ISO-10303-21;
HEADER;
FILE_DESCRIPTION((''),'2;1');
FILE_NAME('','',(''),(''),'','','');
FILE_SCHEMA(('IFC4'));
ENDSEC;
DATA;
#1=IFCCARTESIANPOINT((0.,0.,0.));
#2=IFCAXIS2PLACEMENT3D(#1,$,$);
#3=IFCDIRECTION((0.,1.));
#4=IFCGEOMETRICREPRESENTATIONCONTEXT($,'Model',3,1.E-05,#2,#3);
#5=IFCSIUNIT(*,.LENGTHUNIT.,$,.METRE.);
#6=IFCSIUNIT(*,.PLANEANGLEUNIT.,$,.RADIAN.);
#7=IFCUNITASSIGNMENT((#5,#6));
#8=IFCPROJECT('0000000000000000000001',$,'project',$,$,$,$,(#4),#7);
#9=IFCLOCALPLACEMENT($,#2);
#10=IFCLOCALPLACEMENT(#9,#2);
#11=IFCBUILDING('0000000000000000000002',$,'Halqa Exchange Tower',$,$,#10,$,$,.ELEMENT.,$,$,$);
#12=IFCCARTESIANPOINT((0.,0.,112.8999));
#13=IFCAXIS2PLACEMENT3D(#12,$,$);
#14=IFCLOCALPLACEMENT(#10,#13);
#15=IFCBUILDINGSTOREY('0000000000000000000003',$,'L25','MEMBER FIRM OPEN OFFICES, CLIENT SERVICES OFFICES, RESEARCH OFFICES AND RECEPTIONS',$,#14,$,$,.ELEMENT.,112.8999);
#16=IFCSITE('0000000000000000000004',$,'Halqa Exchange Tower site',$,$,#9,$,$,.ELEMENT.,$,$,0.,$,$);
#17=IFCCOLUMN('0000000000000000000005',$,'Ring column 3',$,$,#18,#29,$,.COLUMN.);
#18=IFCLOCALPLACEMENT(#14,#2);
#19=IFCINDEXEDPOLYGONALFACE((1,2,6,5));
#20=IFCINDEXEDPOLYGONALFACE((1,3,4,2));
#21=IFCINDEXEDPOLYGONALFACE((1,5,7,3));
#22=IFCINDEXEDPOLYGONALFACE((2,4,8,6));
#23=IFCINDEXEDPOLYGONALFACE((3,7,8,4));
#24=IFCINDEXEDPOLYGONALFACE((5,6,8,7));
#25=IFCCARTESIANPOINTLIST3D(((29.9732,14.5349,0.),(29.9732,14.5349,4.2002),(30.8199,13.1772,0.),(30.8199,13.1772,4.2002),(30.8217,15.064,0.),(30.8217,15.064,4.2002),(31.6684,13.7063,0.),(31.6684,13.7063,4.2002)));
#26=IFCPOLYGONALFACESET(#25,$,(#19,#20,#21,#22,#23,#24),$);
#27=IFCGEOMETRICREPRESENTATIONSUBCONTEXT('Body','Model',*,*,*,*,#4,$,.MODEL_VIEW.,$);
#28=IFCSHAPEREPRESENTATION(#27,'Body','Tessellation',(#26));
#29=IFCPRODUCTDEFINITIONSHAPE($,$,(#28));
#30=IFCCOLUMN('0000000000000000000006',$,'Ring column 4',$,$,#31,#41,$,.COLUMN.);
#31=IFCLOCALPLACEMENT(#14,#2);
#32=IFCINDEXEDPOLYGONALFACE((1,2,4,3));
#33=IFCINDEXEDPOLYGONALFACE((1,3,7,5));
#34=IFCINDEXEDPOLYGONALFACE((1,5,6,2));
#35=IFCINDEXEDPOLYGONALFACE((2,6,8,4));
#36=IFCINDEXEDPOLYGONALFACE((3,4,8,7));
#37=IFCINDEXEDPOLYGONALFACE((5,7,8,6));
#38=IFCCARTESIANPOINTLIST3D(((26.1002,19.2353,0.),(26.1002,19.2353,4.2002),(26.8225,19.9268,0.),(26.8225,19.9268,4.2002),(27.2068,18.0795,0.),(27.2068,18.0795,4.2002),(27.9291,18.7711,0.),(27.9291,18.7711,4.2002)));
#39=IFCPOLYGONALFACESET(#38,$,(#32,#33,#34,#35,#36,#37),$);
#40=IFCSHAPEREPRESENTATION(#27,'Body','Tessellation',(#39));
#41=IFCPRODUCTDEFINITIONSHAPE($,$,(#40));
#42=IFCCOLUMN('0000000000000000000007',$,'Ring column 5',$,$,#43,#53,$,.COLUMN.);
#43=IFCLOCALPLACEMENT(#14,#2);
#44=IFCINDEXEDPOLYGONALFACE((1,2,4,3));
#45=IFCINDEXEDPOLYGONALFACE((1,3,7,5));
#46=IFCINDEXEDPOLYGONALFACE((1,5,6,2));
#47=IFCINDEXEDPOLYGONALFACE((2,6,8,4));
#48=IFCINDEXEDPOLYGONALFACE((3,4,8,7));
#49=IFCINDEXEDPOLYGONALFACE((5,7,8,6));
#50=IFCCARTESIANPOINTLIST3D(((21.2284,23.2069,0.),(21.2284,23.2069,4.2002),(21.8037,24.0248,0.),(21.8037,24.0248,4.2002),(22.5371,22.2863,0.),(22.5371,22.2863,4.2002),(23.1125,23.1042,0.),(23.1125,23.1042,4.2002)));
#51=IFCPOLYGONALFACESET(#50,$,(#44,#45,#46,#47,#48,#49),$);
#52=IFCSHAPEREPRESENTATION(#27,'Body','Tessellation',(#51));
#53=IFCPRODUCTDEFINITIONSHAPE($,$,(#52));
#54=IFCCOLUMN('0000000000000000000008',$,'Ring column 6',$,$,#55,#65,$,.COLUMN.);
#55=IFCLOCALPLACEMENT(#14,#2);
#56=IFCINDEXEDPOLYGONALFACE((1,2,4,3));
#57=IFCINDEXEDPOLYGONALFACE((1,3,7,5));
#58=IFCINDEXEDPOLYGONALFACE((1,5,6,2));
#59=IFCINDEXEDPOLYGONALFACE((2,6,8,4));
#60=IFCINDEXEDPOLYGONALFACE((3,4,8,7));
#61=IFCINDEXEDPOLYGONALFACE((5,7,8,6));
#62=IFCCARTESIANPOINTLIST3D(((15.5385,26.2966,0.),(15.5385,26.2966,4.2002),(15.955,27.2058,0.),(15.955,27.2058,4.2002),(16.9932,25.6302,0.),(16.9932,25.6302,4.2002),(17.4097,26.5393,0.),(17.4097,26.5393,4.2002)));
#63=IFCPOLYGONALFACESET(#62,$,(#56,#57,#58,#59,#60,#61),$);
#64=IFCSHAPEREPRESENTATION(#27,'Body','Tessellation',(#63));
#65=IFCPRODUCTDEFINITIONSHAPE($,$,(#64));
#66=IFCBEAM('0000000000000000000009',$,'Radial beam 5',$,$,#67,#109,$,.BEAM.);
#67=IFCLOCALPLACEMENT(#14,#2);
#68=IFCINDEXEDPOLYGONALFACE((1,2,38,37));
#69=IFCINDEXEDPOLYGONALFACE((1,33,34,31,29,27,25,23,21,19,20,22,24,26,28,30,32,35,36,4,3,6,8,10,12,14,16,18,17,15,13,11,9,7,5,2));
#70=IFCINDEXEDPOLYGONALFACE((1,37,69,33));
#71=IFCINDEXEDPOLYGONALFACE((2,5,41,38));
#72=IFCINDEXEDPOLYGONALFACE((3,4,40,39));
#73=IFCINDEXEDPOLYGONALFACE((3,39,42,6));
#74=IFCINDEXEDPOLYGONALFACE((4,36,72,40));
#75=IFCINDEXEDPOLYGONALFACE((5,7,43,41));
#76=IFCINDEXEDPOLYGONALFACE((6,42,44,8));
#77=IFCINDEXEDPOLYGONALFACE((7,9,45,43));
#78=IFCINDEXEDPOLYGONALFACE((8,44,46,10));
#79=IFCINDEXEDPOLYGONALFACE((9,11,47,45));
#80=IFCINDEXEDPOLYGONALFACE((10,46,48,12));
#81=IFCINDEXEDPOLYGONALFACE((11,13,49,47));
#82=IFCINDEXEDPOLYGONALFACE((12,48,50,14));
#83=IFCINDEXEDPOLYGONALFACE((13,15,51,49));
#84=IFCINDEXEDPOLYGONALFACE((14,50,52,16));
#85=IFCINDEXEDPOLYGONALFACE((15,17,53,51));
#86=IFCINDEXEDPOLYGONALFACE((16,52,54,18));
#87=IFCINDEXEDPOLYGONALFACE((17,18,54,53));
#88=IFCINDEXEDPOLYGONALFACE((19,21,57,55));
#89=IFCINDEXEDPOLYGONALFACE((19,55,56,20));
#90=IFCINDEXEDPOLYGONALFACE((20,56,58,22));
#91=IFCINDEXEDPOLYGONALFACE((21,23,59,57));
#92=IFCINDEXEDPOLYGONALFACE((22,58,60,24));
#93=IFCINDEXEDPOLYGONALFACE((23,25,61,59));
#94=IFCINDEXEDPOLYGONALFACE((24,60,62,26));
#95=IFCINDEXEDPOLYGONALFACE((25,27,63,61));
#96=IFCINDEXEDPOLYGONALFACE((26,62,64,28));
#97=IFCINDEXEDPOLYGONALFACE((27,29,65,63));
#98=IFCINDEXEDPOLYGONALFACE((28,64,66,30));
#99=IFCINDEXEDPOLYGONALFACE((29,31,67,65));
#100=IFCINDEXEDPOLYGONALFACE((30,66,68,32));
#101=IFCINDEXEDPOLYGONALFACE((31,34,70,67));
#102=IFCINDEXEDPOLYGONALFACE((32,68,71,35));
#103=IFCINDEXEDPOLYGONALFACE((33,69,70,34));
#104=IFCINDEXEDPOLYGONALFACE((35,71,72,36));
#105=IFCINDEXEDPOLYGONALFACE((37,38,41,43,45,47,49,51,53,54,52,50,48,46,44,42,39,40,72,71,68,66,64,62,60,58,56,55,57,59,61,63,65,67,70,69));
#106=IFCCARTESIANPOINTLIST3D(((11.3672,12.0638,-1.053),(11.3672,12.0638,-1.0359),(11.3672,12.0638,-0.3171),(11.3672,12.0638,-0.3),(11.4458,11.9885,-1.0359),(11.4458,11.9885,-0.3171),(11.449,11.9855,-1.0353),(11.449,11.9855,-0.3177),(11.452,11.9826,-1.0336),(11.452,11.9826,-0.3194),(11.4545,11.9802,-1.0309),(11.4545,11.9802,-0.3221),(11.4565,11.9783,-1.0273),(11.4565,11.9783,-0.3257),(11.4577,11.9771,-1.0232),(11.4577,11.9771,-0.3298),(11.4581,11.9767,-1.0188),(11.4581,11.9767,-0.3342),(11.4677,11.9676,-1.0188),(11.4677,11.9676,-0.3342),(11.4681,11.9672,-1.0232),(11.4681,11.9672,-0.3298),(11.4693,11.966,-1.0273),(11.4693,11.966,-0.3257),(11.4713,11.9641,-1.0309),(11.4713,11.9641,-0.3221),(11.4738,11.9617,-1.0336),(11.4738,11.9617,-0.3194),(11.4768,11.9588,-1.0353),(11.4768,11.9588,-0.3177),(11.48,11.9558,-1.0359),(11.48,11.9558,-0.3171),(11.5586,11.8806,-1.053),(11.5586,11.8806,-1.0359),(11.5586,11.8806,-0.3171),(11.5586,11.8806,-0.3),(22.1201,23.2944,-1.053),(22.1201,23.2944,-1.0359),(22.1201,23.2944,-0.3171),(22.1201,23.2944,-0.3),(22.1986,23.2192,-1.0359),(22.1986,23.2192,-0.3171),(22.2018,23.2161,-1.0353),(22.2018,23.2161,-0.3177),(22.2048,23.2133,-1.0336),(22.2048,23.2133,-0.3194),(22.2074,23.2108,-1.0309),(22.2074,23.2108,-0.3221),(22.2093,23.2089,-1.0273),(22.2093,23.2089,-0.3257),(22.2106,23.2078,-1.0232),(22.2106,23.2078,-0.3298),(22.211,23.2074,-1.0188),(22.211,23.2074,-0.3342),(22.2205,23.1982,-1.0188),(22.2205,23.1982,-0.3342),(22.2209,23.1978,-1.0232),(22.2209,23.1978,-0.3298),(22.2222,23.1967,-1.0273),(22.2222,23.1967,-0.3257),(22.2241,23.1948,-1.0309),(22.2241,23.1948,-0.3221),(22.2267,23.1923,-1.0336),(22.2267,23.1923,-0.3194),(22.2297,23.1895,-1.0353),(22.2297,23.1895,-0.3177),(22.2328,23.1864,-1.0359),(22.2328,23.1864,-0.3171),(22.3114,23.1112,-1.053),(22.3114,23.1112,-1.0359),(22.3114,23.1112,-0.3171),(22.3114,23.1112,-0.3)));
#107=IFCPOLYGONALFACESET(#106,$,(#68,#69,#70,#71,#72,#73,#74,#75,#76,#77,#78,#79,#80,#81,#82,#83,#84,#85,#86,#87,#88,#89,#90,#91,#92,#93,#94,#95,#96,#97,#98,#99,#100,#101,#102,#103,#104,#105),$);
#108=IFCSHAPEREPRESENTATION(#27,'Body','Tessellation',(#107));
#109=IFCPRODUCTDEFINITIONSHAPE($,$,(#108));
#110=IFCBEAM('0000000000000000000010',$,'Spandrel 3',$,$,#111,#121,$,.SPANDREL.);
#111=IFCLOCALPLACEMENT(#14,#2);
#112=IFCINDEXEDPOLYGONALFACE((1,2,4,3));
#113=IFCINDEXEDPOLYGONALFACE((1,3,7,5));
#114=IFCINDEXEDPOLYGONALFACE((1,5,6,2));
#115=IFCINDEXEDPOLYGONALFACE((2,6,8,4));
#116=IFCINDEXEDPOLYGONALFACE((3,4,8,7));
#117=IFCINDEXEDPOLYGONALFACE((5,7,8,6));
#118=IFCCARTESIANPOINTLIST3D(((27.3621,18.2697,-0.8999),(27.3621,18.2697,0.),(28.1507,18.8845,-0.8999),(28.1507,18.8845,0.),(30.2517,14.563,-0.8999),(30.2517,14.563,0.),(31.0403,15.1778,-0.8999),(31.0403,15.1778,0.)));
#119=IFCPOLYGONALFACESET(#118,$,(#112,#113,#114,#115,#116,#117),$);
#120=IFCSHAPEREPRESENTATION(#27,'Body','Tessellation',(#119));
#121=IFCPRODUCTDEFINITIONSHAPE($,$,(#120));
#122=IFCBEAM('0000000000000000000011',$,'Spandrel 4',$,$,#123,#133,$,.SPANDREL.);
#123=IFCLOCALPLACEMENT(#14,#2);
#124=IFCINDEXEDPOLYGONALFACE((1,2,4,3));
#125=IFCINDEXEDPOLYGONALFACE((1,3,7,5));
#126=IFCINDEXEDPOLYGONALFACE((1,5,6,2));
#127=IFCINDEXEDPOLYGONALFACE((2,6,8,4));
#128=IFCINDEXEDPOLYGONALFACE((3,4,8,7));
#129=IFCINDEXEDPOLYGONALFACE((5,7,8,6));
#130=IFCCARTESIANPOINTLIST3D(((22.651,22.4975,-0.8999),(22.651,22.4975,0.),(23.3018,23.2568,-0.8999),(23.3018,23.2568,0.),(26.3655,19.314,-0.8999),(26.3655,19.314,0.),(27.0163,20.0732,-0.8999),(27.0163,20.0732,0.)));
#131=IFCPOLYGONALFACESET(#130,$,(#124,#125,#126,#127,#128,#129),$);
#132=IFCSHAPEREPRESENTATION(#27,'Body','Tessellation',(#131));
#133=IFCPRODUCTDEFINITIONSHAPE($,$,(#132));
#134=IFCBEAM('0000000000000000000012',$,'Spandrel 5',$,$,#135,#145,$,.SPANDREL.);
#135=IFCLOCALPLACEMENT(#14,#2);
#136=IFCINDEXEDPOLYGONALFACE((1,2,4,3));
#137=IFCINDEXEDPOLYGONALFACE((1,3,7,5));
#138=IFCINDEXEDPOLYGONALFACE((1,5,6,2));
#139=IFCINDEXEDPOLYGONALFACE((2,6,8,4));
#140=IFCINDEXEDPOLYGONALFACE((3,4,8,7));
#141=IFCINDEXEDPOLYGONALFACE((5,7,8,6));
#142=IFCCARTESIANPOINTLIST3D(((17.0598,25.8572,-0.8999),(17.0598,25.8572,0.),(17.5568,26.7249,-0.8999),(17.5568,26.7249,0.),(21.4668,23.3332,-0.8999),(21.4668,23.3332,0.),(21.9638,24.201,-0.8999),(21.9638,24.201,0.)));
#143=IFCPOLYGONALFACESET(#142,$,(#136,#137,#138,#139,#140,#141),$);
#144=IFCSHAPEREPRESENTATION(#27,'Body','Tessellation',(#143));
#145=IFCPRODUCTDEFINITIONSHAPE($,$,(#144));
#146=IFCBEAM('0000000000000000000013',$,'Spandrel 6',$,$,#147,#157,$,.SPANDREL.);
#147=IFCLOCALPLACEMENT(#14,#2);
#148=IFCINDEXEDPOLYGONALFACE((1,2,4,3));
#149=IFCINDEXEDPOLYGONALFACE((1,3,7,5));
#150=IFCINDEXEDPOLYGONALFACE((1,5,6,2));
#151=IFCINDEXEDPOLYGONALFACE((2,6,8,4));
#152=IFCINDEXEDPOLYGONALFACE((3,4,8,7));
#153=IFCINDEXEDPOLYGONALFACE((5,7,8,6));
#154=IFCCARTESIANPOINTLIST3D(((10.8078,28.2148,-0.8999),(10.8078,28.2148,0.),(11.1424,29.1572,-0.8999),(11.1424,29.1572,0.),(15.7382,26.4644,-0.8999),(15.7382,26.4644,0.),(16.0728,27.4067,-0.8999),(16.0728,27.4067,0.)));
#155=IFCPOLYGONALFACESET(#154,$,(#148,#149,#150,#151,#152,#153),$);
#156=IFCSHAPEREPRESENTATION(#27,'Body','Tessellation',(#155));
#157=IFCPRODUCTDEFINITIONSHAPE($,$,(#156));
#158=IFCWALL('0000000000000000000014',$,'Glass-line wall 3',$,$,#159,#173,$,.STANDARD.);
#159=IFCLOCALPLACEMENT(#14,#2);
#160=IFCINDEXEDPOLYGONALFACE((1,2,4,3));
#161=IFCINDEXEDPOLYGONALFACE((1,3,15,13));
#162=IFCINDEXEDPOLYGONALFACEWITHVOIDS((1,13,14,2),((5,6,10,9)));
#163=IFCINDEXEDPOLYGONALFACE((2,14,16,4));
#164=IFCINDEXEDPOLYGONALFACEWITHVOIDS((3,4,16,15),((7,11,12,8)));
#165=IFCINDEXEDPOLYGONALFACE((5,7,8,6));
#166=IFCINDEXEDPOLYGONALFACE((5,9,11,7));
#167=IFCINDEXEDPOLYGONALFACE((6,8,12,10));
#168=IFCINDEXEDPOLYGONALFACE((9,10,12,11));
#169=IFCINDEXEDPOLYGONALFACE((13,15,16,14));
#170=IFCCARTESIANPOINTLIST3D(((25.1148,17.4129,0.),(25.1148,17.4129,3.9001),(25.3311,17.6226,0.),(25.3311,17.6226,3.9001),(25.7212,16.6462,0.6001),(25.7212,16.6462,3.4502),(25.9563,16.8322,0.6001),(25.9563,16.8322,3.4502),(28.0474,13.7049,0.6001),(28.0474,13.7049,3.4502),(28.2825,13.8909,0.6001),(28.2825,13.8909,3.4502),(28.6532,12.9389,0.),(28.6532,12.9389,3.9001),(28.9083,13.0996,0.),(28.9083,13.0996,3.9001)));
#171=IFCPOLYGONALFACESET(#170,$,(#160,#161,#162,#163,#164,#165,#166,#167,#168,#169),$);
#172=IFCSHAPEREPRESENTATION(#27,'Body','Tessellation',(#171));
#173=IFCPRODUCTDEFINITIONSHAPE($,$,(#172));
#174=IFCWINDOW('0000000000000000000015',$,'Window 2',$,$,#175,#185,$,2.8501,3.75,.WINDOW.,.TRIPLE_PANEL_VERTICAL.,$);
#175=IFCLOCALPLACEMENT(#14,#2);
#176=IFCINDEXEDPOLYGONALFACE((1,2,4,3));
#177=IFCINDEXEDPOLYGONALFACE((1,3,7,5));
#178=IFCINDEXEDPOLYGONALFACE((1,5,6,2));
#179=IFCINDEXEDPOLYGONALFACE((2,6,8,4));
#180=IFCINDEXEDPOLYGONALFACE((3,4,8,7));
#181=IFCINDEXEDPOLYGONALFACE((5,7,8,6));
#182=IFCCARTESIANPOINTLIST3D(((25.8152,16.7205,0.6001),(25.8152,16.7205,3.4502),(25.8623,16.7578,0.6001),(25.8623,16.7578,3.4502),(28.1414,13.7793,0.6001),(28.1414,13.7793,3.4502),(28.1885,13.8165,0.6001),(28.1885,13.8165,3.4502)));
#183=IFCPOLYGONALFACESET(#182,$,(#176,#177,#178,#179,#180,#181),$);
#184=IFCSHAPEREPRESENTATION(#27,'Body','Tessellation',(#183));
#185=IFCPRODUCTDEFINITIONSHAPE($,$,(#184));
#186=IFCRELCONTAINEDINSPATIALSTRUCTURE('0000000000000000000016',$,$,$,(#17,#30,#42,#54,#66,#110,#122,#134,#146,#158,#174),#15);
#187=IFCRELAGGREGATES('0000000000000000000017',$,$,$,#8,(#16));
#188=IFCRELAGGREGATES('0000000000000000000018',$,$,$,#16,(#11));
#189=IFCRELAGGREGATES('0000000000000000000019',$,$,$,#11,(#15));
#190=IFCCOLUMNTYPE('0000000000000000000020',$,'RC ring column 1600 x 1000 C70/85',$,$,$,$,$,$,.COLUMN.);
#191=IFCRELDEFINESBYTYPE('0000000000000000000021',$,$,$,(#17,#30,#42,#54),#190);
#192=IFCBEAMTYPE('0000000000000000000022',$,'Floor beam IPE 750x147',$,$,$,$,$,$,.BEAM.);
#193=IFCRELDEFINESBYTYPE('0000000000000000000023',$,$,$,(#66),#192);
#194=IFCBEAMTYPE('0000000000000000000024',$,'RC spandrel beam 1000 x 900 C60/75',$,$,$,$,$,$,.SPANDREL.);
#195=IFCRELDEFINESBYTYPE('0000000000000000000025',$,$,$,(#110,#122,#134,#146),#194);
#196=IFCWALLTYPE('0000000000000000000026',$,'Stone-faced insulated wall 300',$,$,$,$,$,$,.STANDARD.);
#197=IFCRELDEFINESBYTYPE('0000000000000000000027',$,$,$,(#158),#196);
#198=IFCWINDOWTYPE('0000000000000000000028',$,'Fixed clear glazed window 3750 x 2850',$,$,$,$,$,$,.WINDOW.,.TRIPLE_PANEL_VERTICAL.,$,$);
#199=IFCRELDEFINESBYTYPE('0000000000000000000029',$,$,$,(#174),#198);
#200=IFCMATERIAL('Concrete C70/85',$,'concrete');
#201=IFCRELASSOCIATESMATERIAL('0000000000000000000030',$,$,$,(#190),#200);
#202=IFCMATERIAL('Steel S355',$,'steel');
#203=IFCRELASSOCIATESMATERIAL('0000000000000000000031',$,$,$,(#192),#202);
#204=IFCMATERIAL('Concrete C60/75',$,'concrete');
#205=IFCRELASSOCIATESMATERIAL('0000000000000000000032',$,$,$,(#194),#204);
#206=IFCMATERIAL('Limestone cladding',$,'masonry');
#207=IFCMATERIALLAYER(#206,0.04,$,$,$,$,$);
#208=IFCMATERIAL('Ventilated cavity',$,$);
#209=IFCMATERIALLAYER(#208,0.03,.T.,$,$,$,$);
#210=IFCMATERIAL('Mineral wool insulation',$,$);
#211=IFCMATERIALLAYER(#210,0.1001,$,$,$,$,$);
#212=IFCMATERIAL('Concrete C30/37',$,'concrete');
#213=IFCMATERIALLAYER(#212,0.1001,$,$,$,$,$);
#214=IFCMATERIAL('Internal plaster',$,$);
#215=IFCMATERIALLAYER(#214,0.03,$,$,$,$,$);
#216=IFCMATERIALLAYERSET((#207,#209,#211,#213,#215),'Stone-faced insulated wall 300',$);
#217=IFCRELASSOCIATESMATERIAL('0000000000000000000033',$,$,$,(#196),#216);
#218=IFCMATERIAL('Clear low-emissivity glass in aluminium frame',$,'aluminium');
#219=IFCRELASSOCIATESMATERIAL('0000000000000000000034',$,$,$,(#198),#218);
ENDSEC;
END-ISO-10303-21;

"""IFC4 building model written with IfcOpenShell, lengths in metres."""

from ifc_helpers import new_model, si_unit, direction, frame, frame_2d, origin, origin_2d, place, context, subcontext, project, spatial, polyline, rectangle, i_section, outline, extrude, material, layer, layer_set, material_profile, profile_set, type_object, element, fill, save


model = new_model("IFC4")

# Units and contexts
model_context = context("Model", 3, precision=1e-05, world=origin(), true_north=direction((0.0, 1.0)))
body_context = subcontext(model_context, "Body", "Model", "MODEL_VIEW")
ifc_project = project(units=[si_unit("LENGTHUNIT", "METRE"), si_unit("PLANEANGLEUNIT", "RADIAN")], contexts=[model_context])

# Site, building, storey
site_placement = place(None, origin())
site = spatial("IfcSite", under=ifc_project, at=site_placement, Name="Halqa Exchange Tower site", CompositionType="ELEMENT", RefElevation=0.0)
building_placement = place(site_placement, origin())
building = spatial("IfcBuilding", under=site, at=building_placement, Name="Halqa Exchange Tower", CompositionType="ELEMENT")
storey_placement = place(building_placement, frame((0.0, 0.0, 112.8999)))
storey = spatial("IfcBuildingStorey", under=building, at=storey_placement, Name="L25", Description="MEMBER FIRM OPEN OFFICES, CLIENT SERVICES OFFICES, RESEARCH OFFICES AND RECEPTIONS", CompositionType="ELEMENT", Elevation=112.8999)

# Columns
ifc_material_1 = material(Name="Concrete C70/85", Category="concrete")
ifc_material_profile_1 = material_profile(ifc_material_1, rectangle(XDim=1.6001, YDim=1.0, at=origin_2d()), Name="1600 x 1000")
ifc_profile_set_1 = profile_set([ifc_material_profile_1], Name="Concrete C70/85")
column_type = type_object("IfcColumnType", Name="RC ring column 1600 x 1000 C70/85", PredefinedType="COLUMN", material=ifc_profile_set_1)
for number, where, z_axis, x_axis, name in (
    (1, (30.8208, 14.1206, 0.0), (0.0, 0.0, 1.0), (-0.529142, 0.848533, 0.0), "Ring column 3"),
    (2, (27.0146, 19.0032, 0.0), (0.0, 0.0, 1.0), (-0.691574, 0.722306, 0.0), "Ring column 4"),
    (3, (22.1704, 23.1555, 0.0), (0.0, 0.0, 1.0), (-0.817907, 0.575351, 0.0), "Ring column 5"),
    (4, (16.4741, 26.418, 0.0), (0.0, 0.0, 1.0), (-0.909127, 0.416519, 0.0), "Ring column 6"),
):
    element("IfcColumn", number, at=place(storey_placement, frame(where, z_axis=z_axis, x_axis=x_axis)), inside=storey, type_object=column_type, Name=name, PredefinedType="COLUMN", context=body_context, shape_type="SweptSolid", body=[
        extrude(rectangle(XDim=1.6001, YDim=1.0, at=origin_2d()), origin(), (0.0, 0.0, 1.0), 4.2002),
    ])

# Beams
ifc_material_2 = material(Name="Steel S355", Category="steel")
ifc_material_profile_2 = material_profile(ifc_material_2, i_section(OverallWidth=0.2649, OverallDepth=0.7529, WebThickness=0.0132, FlangeThickness=0.0171, FilletRadius=0.0171, at=origin_2d()), Name="IPE 750x147")
ifc_profile_set_2 = profile_set([ifc_material_profile_2], Name="Steel S355")
beam_type_1 = type_object("IfcBeamType", Name="Floor beam IPE 750x147", PredefinedType="BEAM", material=ifc_profile_set_2)
beam_1_placement = place(storey_placement, frame((11.4629, 11.9722, -0.6765), z_axis=(0.691576, 0.722304, 0.0), x_axis=(-0.722304, 0.691576, 0.0)))
element("IfcBeam", 5, at=beam_1_placement, inside=storey, type_object=beam_type_1, Name="Radial beam 5", PredefinedType="BEAM", context=body_context, shape_type="SweptSolid", body=[
    extrude(i_section(OverallWidth=0.2649, OverallDepth=0.7529, WebThickness=0.0132, FlangeThickness=0.0171, FilletRadius=0.0171, at=origin_2d()), origin(), (0.0, 0.0, 1.0), 15.5483),
])
ifc_material_3 = material(Name="Concrete C60/75", Category="concrete")
ifc_material_profile_3 = material_profile(ifc_material_3, rectangle(XDim=1.0, YDim=0.8999, at=origin_2d()), Name="1000 x 900")
ifc_profile_set_3 = profile_set([ifc_material_profile_3], Name="Concrete C60/75")
beam_type_2 = type_object("IfcBeamType", Name="RC spandrel beam 1000 x 900 C60/75", PredefinedType="SPANDREL", material=ifc_profile_set_3)
beam_2_placement = place(storey_placement, frame((30.646, 14.8704, -0.45), z_axis=(-0.614814, 0.788672, 0.0), x_axis=(-0.788672, -0.614814, 0.0)))
element("IfcBeam", 6, at=beam_2_placement, inside=storey, type_object=beam_type_2, Name="Spandrel 3", PredefinedType="SPANDREL", context=body_context, shape_type="SweptSolid", body=[
    extrude(rectangle(XDim=1.0, YDim=0.8999, at=origin_2d()), origin(), (0.0, 0.0, 1.0), 4.7),
])
beam_3_placement = place(storey_placement, frame((26.6909, 19.6936, -0.45), z_axis=(-0.759292, 0.65075, 0.0), x_axis=(-0.65075, -0.759292, 0.0)))
element("IfcBeam", 7, at=beam_3_placement, inside=storey, type_object=beam_type_2, Name="Spandrel 4", PredefinedType="SPANDREL", context=body_context, shape_type="SweptSolid", body=[
    extrude(rectangle(XDim=1.0, YDim=0.8999, at=origin_2d()), origin(), (0.0, 0.0, 1.0), 4.8921),
])
beam_4_placement = place(storey_placement, frame((21.7153, 23.7671, -0.45), z_axis=(-0.867763, 0.496977, 0.0), x_axis=(-0.496977, -0.867763, 0.0)))
element("IfcBeam", 8, at=beam_4_placement, inside=storey, type_object=beam_type_2, Name="Spandrel 5", PredefinedType="SPANDREL", context=body_context, shape_type="SweptSolid", body=[
    extrude(rectangle(XDim=1.0, YDim=0.8999, at=origin_2d()), origin(), (0.0, 0.0, 1.0), 5.0786),
])
beam_5_placement = place(storey_placement, frame((15.9055, 26.9355, -0.45), z_axis=(-0.942368, 0.334577, 0.0), x_axis=(-0.334577, -0.942368, 0.0)))
element("IfcBeam", 9, at=beam_5_placement, inside=storey, type_object=beam_type_2, Name="Spandrel 6", PredefinedType="SPANDREL", context=body_context, shape_type="SweptSolid", body=[
    extrude(rectangle(XDim=1.0, YDim=0.8999, at=origin_2d()), origin(), (0.0, 0.0, 1.0), 5.2319),
])

# Wall, opening, window
ifc_material_4 = material(Name="Limestone cladding", Category="masonry")
ifc_layer_1 = layer(ifc_material_4, 0.04)
ifc_material_5 = material(Name="Ventilated cavity")
ifc_layer_2 = layer(ifc_material_5, 0.03, ventilated=True)
ifc_material_6 = material(Name="Mineral wool insulation")
ifc_layer_3 = layer(ifc_material_6, 0.1001)
ifc_material_7 = material(Name="Concrete C30/37", Category="concrete")
ifc_layer_4 = layer(ifc_material_7, 0.1001)
ifc_material_8 = material(Name="Internal plaster")
ifc_layer_5 = layer(ifc_material_8, 0.03)
ifc_layer_set = layer_set([ifc_layer_1, ifc_layer_2, ifc_layer_3, ifc_layer_4, ifc_layer_5], Name="Stone-faced insulated wall 300")
wall_type = type_object("IfcWallType", Name="Stone-faced insulated wall 300", PredefinedType="STANDARD", material=ifc_layer_set)
wall_1_placement = place(storey_placement, frame((28.7808, 13.0193, 0.0), z_axis=(0.0, 0.0, 1.0), x_axis=(-0.62033, 0.784341, 0.0)))
wall_1 = element("IfcWall", 10, at=wall_1_placement, inside=storey, type_object=wall_type, Name="Glass-line wall 3", PredefinedType="STANDARD", context=body_context, shape_type="SweptSolid", body=[
    extrude(outline(polyline([(-0.0161, -0.1499), (5.7505, -0.1499), (5.7202, 0.1499), (0.0161, 0.1499), (-0.0161, -0.1499)])), origin(), (0.0, 0.0, 1.0), 3.9001),
])
opening_1_placement = place(wall_1_placement, frame((0.9927, 0.0, 0.6001)))
opening_1 = element("IfcOpeningElement", 11, at=opening_1_placement, cuts=wall_1, PredefinedType="OPENING", context=body_context, shape_type="SweptSolid", body=[
    extrude(rectangle(XDim=3.75, YDim=2.8501, at=frame_2d((1.875, 1.425))), frame((0.0, 0.1621, 0.0), z_axis=(0.0, -1.0, 0.0), x_axis=(1.0, 0.0, 0.0)), (0.0, 0.0, 1.0), 0.324),
])
ifc_material_9 = material(Name="Clear low-emissivity glass in aluminium frame", Category="aluminium")
window_type = type_object("IfcWindowType", Name="Fixed clear glazed window 3750 x 2850", PartitioningType="TRIPLE_PANEL_VERTICAL", PredefinedType="WINDOW", material=ifc_material_9)
window_1_placement = place(opening_1_placement, origin())
window_1 = element("IfcWindow", 12, at=window_1_placement, inside=storey, type_object=window_type, Name="Window 2", OverallHeight=2.8501, OverallWidth=3.75, PartitioningType="TRIPLE_PANEL_VERTICAL", PredefinedType="WINDOW", context=body_context, shape_type="SweptSolid", body=[
    extrude(rectangle(XDim=3.75, YDim=2.8501, at=frame_2d((1.875, 1.425))), frame((0.0, 0.03, 0.0), z_axis=(0.0, -1.0, 0.0), x_axis=(1.0, 0.0, 0.0)), (0.0, 0.0, 1.0), 0.0601),
])
fill(opening_1, window_1)

save(model, "model.ifc")
